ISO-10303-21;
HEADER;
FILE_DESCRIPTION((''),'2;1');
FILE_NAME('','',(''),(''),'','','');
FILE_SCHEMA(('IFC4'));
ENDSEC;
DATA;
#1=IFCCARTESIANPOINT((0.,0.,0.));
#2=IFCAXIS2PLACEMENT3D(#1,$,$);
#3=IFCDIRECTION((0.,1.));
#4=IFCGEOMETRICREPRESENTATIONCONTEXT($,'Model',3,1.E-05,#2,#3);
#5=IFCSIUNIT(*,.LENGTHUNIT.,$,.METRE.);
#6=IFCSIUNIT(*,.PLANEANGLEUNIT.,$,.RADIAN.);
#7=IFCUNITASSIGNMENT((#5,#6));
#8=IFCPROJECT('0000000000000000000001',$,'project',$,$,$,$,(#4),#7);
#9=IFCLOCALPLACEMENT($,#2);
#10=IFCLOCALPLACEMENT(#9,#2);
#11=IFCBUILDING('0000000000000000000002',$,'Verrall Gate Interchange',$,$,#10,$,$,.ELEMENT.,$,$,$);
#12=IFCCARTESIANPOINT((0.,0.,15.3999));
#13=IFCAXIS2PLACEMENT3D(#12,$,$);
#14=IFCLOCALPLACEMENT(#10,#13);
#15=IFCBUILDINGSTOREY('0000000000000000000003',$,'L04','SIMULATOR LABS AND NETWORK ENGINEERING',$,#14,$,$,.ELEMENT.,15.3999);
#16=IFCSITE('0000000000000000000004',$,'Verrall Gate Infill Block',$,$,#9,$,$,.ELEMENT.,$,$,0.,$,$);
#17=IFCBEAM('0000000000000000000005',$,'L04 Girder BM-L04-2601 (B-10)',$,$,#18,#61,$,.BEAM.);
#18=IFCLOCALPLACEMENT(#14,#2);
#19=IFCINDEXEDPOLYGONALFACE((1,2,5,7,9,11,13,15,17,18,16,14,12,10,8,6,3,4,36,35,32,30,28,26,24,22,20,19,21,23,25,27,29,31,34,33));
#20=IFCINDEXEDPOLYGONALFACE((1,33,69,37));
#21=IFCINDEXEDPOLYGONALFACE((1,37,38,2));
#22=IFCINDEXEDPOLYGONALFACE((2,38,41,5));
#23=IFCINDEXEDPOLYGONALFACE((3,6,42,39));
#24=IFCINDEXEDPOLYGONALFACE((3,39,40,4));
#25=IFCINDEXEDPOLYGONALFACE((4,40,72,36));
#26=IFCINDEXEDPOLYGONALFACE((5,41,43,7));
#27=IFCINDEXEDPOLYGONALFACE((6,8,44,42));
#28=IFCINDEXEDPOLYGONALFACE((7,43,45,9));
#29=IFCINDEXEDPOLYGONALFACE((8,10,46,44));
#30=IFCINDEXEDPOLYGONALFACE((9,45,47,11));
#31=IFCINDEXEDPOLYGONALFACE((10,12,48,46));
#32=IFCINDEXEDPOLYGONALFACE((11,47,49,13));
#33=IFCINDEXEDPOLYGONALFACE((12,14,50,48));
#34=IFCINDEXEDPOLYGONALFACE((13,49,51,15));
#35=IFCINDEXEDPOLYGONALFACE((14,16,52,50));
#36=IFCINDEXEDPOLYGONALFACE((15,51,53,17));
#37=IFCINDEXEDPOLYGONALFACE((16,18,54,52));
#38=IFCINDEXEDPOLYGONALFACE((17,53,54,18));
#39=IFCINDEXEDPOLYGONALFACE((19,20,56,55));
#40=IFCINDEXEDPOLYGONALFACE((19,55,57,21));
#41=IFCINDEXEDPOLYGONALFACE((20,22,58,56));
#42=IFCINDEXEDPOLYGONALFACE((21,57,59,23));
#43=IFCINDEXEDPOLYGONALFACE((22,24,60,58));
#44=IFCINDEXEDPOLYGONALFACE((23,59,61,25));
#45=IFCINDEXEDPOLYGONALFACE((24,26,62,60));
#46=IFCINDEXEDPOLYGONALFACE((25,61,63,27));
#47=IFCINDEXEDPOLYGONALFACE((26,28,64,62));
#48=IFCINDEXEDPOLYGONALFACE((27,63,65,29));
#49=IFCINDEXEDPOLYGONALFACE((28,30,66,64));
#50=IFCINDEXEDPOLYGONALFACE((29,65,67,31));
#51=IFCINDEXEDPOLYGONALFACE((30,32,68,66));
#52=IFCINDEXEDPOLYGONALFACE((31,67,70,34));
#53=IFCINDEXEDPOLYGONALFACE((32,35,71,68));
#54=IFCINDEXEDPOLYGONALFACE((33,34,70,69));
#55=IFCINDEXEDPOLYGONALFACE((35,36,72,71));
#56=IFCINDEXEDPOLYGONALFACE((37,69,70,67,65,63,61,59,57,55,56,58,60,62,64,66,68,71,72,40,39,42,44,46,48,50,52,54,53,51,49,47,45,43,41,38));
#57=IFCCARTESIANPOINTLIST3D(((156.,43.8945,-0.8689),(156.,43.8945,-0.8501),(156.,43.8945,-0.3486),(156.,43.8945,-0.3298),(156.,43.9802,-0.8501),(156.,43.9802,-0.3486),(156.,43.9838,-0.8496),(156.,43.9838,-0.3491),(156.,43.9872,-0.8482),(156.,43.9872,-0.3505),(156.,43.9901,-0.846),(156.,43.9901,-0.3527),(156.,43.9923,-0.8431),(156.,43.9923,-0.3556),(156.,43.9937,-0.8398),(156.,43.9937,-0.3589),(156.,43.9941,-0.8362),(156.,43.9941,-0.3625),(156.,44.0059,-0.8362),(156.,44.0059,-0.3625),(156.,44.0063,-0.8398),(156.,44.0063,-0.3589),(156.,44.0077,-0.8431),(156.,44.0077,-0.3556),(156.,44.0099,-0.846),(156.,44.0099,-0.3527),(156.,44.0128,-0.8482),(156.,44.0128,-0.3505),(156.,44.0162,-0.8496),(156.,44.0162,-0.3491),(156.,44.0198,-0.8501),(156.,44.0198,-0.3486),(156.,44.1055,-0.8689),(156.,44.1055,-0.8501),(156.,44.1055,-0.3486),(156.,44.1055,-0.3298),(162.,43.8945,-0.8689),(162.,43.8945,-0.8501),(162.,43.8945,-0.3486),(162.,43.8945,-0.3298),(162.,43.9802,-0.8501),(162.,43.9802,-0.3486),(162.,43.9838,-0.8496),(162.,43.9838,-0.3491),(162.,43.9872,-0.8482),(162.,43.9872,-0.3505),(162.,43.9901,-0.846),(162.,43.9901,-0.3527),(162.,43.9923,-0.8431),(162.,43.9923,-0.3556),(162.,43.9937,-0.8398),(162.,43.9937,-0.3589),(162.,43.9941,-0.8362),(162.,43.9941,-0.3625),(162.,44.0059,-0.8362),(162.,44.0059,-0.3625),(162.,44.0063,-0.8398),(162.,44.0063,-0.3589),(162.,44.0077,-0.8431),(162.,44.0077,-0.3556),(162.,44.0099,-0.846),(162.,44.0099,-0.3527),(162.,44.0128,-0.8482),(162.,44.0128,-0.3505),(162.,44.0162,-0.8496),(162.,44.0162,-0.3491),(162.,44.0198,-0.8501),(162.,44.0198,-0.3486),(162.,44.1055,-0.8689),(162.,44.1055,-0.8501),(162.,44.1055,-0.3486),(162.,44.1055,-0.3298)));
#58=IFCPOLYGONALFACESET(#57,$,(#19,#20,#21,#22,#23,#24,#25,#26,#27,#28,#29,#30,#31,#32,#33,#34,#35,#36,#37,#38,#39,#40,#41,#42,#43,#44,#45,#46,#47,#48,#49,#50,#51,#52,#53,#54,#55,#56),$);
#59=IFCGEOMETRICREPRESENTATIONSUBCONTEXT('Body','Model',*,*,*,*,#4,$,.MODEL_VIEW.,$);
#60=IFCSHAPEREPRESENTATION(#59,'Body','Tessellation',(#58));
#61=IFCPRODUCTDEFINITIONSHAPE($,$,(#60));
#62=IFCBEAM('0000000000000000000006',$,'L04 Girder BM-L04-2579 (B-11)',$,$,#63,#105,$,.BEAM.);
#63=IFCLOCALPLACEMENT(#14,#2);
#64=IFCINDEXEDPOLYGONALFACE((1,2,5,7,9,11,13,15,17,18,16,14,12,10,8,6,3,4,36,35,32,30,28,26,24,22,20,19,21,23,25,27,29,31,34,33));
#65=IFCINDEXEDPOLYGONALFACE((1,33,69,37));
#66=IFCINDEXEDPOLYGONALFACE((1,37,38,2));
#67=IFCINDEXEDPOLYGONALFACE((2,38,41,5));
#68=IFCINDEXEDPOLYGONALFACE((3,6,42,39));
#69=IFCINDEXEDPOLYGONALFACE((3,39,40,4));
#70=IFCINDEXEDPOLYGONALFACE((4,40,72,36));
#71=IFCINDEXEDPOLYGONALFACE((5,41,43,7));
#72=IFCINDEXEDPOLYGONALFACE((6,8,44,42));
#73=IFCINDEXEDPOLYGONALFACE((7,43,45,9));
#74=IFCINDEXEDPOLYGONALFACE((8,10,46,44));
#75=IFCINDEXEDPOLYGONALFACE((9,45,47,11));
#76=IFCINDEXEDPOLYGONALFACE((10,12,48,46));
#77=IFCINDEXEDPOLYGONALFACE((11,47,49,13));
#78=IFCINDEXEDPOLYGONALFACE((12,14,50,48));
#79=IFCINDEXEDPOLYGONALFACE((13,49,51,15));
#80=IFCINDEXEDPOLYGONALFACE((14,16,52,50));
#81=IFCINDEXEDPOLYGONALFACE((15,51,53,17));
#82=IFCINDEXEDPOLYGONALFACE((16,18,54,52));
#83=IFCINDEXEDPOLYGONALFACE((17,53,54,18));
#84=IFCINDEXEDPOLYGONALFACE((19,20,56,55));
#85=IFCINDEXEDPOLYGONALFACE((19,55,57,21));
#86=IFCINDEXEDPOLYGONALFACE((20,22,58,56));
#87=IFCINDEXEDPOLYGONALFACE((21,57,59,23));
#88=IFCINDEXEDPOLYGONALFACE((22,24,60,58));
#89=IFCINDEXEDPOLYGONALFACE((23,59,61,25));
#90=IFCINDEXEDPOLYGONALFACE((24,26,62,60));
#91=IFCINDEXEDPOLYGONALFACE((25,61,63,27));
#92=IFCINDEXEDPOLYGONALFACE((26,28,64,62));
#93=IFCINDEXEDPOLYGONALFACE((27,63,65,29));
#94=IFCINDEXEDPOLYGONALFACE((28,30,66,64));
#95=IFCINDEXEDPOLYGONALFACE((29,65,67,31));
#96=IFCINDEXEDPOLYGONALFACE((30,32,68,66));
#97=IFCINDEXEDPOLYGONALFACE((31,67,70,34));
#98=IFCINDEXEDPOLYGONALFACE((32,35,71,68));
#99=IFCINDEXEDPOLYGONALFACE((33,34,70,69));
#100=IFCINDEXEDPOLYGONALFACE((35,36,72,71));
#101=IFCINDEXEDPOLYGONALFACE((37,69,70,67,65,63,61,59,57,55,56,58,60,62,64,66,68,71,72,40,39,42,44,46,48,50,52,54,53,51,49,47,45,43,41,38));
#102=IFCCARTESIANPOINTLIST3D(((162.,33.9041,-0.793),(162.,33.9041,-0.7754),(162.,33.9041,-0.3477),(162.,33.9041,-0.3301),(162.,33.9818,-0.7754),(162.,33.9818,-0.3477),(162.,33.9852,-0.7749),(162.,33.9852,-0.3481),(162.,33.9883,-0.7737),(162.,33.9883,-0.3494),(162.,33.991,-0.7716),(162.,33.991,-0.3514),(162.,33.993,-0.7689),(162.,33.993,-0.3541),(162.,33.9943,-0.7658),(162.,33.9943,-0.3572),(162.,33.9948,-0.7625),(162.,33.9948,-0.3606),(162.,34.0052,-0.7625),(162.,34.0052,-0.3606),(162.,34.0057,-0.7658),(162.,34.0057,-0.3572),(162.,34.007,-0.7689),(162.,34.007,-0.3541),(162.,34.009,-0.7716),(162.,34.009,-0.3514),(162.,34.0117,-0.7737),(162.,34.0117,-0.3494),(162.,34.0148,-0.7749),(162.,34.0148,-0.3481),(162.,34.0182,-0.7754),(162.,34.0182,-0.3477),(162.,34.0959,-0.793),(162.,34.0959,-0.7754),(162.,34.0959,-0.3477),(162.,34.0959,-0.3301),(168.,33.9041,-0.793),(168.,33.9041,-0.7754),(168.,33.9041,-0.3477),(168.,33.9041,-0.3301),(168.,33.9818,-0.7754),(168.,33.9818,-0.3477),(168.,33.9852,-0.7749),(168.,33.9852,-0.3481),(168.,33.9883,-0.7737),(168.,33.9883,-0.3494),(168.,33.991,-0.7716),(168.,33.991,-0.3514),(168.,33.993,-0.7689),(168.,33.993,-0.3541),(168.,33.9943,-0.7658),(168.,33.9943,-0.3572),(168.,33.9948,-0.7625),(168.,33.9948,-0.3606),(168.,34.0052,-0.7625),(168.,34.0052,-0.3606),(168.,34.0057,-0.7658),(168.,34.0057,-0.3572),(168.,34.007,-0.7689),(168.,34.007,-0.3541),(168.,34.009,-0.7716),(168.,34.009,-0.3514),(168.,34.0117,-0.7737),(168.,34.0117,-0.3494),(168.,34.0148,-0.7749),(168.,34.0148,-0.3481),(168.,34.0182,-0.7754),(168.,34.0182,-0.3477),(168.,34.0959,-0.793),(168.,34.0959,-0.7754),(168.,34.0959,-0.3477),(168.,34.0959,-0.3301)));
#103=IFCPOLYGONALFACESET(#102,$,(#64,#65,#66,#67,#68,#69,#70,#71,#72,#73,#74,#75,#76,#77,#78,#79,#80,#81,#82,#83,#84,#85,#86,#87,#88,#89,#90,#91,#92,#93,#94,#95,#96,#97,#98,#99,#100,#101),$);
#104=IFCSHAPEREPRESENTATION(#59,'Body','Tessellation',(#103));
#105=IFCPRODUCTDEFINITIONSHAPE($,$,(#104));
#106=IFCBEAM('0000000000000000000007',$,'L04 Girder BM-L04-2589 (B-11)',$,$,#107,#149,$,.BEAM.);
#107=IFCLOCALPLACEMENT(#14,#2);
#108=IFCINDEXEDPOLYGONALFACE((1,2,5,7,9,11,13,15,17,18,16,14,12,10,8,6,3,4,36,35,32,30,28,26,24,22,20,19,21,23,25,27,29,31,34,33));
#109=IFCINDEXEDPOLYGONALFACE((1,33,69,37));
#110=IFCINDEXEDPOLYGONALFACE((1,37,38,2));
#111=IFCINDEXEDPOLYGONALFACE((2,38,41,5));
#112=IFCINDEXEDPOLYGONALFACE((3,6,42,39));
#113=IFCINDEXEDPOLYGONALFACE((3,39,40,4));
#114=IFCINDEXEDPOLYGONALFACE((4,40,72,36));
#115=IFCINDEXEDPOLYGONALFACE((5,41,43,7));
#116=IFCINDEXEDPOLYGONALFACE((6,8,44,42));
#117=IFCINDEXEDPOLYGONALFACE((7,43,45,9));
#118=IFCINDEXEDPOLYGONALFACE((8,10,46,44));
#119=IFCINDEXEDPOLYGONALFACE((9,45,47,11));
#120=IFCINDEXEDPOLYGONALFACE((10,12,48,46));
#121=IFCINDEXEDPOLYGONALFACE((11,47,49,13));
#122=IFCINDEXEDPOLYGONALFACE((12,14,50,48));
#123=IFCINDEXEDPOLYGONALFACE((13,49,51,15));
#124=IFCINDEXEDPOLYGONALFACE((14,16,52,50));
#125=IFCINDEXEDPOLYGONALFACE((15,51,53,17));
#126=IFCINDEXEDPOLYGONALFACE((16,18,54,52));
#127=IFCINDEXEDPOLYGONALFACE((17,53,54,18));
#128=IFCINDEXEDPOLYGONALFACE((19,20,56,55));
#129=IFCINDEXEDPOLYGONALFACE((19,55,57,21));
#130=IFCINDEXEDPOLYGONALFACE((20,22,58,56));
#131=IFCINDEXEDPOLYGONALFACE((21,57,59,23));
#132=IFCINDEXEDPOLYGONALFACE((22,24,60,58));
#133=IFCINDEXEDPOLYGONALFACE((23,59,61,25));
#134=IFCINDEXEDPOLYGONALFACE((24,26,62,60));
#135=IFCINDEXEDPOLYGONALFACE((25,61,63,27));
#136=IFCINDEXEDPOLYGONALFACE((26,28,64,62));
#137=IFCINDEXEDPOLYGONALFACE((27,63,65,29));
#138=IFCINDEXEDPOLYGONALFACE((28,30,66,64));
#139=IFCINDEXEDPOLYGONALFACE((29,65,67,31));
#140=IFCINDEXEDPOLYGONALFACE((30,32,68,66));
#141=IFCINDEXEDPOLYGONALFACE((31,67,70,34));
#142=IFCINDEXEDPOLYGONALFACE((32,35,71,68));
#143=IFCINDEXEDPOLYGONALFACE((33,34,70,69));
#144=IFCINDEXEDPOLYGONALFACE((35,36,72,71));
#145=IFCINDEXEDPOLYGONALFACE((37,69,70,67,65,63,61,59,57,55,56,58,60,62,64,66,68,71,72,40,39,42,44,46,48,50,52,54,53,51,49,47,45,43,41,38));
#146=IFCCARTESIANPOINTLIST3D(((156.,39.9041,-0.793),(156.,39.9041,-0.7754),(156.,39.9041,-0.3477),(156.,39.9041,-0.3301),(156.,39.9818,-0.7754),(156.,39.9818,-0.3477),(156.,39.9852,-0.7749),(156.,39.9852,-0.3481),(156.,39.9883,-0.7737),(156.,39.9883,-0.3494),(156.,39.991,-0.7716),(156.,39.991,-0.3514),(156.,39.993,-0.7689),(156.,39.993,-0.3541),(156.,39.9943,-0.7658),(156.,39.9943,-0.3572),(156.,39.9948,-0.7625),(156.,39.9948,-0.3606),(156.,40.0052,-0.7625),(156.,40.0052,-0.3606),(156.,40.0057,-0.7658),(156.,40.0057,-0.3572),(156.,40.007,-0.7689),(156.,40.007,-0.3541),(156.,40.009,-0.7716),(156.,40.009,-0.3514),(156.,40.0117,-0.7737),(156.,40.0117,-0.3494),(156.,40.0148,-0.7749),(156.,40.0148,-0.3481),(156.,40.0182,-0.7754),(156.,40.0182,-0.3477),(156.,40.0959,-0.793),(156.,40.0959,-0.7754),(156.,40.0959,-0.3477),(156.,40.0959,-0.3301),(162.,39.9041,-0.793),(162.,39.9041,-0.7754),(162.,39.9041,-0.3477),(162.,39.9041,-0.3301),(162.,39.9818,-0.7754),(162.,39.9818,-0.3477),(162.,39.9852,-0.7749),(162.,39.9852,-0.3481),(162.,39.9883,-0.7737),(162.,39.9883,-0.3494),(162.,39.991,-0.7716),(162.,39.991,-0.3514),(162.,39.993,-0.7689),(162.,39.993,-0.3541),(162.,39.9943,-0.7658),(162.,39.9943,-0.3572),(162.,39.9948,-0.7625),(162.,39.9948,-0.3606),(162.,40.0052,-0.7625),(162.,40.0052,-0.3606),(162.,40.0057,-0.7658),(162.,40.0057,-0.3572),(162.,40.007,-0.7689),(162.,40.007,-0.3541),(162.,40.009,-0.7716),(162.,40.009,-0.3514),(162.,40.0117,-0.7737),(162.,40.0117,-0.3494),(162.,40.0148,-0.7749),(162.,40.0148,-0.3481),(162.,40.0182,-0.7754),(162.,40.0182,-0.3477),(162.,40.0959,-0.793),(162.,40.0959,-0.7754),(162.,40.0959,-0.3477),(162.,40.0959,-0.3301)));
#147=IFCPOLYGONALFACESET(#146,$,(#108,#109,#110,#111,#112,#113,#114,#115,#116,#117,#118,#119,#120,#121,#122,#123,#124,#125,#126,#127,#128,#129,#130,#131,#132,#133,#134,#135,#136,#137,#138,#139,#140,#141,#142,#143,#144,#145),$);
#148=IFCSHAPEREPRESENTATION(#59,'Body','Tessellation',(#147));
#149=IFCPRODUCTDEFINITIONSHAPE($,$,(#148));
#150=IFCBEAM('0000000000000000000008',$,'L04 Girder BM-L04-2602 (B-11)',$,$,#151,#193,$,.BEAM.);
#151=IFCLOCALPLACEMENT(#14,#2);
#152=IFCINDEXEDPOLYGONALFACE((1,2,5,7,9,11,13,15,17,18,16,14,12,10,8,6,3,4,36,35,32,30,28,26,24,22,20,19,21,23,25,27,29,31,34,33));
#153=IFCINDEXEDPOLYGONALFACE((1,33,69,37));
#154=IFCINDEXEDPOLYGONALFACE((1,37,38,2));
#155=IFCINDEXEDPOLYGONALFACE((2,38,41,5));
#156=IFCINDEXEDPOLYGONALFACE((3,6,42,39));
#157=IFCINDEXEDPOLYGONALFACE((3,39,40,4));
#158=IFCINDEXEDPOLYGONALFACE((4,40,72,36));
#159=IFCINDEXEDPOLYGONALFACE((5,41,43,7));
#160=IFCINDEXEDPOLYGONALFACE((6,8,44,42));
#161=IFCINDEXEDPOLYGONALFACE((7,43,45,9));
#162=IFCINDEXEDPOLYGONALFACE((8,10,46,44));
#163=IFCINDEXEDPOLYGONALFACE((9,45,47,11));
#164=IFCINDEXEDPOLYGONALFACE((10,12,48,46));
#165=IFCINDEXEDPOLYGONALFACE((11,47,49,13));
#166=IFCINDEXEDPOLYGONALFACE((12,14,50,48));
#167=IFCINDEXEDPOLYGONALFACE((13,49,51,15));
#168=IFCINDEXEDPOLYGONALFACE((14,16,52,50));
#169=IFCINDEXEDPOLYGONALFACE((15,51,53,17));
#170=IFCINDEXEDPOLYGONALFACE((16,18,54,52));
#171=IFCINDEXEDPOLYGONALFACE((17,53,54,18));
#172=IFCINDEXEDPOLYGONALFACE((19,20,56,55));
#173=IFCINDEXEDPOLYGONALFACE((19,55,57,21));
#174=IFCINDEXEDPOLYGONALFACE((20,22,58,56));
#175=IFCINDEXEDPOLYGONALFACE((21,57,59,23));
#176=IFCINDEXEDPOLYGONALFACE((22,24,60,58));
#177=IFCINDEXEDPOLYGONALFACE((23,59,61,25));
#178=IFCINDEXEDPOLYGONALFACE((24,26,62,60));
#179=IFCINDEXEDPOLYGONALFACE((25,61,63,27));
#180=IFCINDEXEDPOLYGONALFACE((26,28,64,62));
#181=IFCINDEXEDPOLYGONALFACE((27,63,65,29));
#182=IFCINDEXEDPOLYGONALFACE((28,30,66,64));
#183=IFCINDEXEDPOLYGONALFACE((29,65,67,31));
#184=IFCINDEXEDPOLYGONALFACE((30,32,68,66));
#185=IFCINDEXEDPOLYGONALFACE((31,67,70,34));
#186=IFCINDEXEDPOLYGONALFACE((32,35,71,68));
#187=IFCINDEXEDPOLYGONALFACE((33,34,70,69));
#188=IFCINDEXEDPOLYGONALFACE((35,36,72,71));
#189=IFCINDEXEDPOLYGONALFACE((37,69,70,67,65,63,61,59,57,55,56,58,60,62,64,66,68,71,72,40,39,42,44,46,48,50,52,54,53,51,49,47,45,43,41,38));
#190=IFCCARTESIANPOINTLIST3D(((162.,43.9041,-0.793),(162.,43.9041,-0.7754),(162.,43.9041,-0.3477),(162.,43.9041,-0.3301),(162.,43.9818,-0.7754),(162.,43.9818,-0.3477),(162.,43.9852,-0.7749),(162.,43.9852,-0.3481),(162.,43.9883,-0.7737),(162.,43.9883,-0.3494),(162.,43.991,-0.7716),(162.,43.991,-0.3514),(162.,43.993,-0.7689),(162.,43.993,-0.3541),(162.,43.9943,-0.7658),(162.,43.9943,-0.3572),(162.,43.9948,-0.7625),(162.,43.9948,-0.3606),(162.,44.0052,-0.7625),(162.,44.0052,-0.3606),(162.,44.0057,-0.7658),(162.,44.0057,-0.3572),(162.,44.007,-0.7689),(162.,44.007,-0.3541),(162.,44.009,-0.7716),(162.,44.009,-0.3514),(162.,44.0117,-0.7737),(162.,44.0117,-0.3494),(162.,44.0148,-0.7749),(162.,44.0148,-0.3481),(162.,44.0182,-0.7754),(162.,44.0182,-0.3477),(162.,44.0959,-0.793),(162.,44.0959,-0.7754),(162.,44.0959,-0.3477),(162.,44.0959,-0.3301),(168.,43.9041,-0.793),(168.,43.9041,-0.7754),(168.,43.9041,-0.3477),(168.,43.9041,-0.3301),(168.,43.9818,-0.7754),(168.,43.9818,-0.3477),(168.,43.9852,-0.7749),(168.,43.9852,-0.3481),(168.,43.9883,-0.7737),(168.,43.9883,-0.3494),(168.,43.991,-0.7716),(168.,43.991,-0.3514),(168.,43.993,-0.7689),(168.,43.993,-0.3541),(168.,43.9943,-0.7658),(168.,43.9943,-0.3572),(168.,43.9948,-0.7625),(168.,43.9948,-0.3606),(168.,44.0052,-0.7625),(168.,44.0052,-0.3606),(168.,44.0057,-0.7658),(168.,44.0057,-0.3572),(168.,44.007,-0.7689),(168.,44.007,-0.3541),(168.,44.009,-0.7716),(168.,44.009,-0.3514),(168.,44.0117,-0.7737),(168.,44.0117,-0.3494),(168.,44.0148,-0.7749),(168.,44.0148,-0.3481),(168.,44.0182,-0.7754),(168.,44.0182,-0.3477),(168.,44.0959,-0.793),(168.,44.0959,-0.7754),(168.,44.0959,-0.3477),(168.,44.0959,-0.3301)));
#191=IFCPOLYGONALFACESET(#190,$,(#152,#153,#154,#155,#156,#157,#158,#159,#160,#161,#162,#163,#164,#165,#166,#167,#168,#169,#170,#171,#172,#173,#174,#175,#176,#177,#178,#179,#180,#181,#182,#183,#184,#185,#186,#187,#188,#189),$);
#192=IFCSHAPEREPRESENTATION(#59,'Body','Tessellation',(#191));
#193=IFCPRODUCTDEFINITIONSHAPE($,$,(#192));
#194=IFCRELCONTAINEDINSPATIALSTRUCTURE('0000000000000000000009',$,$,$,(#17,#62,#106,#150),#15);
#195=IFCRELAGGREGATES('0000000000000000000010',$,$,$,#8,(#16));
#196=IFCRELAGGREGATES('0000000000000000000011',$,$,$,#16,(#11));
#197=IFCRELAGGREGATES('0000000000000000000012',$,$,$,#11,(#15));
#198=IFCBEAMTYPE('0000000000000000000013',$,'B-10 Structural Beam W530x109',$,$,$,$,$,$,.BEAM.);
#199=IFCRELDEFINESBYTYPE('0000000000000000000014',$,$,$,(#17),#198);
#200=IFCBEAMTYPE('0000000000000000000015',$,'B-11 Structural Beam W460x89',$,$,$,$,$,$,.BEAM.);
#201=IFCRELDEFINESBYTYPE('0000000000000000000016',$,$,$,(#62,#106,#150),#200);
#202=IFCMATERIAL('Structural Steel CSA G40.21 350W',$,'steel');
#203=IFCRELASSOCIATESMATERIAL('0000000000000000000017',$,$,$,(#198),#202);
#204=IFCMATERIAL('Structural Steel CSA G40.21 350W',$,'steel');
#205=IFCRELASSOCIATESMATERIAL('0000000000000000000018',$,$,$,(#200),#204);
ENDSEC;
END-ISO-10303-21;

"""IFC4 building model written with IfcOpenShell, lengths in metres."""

from ifc_helpers import new_model, si_unit, direction, frame, origin, origin_2d, place, context, subcontext, project, spatial, i_section, extrude, material, material_profile, profile_set, type_object, element, save


model = new_model("IFC4")

# Units and contexts
model_context = context("Model", 3, precision=1e-05, world=origin(), true_north=direction((0.0, 1.0)))
body_context = subcontext(model_context, "Body", "Model", "MODEL_VIEW")
ifc_project = project(units=[si_unit("LENGTHUNIT", "METRE"), si_unit("PLANEANGLEUNIT", "RADIAN")], contexts=[model_context])

# Site, building, storey
site_placement = place(None, origin())
site = spatial("IfcSite", under=ifc_project, at=site_placement, Name="Verrall Gate Infill Block", CompositionType="ELEMENT", RefElevation=0.0)
building_placement = place(site_placement, origin())
building = spatial("IfcBuilding", under=site, at=building_placement, Name="Verrall Gate Interchange", CompositionType="ELEMENT")
storey_placement = place(building_placement, frame((0.0, 0.0, 15.3999)))
storey = spatial("IfcBuildingStorey", under=building, at=storey_placement, Name="L04", Description="SIMULATOR LABS AND NETWORK ENGINEERING", CompositionType="ELEMENT", Elevation=15.3999)

# Beams
ifc_material_1 = material(Name="Structural Steel CSA G40.21 350W", Category="steel")
ifc_material_profile_1 = material_profile(ifc_material_1, i_section(OverallWidth=0.2109, OverallDepth=0.5391, WebThickness=0.0117, FlangeThickness=0.0188, FilletRadius=0.0139, at=origin_2d()), Name="W530x109")
ifc_profile_set_1 = profile_set([ifc_material_profile_1], Name="Structural Steel CSA G40.21 350W")
beam_type_1 = type_object("IfcBeamType", Name="B-10 Structural Beam W530x109", PredefinedType="BEAM", material=ifc_profile_set_1)
for number, where, z_axis, x_axis, name in (
    (1, (156.0, 44.0, -0.5994), (1.0, 0.0, 0.0), (0.0, 1.0, 0.0), "L04 Girder BM-L04-2601 (B-10)"),
):
    element("IfcBeam", number, at=place(storey_placement, frame(where, z_axis=z_axis, x_axis=x_axis)), inside=storey, type_object=beam_type_1, Name=name, PredefinedType="BEAM", context=body_context, shape_type="SweptSolid", body=[
        extrude(i_section(OverallWidth=0.2109, OverallDepth=0.5391, WebThickness=0.0117, FlangeThickness=0.0188, FilletRadius=0.0139, at=origin_2d()), origin(), (0.0, 0.0, 1.0), 6.0),
    ])
ifc_material_2 = material(Name="Structural Steel CSA G40.21 350W", Category="steel")
ifc_material_profile_2 = material_profile(ifc_material_2, i_section(OverallWidth=0.1919, OverallDepth=0.4629, WebThickness=0.0105, FlangeThickness=0.0176, FilletRadius=0.0129, at=origin_2d()), Name="W460x89")
ifc_profile_set_2 = profile_set([ifc_material_profile_2], Name="Structural Steel CSA G40.21 350W")
beam_type_2 = type_object("IfcBeamType", Name="B-11 Structural Beam W460x89", PredefinedType="BEAM", material=ifc_profile_set_2)
for number, where, z_axis, x_axis, name in (
    (2, (162.0, 34.0, -0.5615), (1.0, 0.0, 0.0), (0.0, 1.0, 0.0), "L04 Girder BM-L04-2579 (B-11)"),
    (3, (156.0, 40.0, -0.5615), (1.0, 0.0, 0.0), (0.0, 1.0, 0.0), "L04 Girder BM-L04-2589 (B-11)"),
    (4, (162.0, 44.0, -0.5615), (1.0, 0.0, 0.0), (0.0, 1.0, 0.0), "L04 Girder BM-L04-2602 (B-11)"),
):
    element("IfcBeam", number, at=place(storey_placement, frame(where, z_axis=z_axis, x_axis=x_axis)), inside=storey, type_object=beam_type_2, Name=name, PredefinedType="BEAM", context=body_context, shape_type="SweptSolid", body=[
        extrude(i_section(OverallWidth=0.1919, OverallDepth=0.4629, WebThickness=0.0105, FlangeThickness=0.0176, FilletRadius=0.0129, at=origin_2d()), origin(), (0.0, 0.0, 1.0), 6.0),
    ])

save(model, "model.ifc")
